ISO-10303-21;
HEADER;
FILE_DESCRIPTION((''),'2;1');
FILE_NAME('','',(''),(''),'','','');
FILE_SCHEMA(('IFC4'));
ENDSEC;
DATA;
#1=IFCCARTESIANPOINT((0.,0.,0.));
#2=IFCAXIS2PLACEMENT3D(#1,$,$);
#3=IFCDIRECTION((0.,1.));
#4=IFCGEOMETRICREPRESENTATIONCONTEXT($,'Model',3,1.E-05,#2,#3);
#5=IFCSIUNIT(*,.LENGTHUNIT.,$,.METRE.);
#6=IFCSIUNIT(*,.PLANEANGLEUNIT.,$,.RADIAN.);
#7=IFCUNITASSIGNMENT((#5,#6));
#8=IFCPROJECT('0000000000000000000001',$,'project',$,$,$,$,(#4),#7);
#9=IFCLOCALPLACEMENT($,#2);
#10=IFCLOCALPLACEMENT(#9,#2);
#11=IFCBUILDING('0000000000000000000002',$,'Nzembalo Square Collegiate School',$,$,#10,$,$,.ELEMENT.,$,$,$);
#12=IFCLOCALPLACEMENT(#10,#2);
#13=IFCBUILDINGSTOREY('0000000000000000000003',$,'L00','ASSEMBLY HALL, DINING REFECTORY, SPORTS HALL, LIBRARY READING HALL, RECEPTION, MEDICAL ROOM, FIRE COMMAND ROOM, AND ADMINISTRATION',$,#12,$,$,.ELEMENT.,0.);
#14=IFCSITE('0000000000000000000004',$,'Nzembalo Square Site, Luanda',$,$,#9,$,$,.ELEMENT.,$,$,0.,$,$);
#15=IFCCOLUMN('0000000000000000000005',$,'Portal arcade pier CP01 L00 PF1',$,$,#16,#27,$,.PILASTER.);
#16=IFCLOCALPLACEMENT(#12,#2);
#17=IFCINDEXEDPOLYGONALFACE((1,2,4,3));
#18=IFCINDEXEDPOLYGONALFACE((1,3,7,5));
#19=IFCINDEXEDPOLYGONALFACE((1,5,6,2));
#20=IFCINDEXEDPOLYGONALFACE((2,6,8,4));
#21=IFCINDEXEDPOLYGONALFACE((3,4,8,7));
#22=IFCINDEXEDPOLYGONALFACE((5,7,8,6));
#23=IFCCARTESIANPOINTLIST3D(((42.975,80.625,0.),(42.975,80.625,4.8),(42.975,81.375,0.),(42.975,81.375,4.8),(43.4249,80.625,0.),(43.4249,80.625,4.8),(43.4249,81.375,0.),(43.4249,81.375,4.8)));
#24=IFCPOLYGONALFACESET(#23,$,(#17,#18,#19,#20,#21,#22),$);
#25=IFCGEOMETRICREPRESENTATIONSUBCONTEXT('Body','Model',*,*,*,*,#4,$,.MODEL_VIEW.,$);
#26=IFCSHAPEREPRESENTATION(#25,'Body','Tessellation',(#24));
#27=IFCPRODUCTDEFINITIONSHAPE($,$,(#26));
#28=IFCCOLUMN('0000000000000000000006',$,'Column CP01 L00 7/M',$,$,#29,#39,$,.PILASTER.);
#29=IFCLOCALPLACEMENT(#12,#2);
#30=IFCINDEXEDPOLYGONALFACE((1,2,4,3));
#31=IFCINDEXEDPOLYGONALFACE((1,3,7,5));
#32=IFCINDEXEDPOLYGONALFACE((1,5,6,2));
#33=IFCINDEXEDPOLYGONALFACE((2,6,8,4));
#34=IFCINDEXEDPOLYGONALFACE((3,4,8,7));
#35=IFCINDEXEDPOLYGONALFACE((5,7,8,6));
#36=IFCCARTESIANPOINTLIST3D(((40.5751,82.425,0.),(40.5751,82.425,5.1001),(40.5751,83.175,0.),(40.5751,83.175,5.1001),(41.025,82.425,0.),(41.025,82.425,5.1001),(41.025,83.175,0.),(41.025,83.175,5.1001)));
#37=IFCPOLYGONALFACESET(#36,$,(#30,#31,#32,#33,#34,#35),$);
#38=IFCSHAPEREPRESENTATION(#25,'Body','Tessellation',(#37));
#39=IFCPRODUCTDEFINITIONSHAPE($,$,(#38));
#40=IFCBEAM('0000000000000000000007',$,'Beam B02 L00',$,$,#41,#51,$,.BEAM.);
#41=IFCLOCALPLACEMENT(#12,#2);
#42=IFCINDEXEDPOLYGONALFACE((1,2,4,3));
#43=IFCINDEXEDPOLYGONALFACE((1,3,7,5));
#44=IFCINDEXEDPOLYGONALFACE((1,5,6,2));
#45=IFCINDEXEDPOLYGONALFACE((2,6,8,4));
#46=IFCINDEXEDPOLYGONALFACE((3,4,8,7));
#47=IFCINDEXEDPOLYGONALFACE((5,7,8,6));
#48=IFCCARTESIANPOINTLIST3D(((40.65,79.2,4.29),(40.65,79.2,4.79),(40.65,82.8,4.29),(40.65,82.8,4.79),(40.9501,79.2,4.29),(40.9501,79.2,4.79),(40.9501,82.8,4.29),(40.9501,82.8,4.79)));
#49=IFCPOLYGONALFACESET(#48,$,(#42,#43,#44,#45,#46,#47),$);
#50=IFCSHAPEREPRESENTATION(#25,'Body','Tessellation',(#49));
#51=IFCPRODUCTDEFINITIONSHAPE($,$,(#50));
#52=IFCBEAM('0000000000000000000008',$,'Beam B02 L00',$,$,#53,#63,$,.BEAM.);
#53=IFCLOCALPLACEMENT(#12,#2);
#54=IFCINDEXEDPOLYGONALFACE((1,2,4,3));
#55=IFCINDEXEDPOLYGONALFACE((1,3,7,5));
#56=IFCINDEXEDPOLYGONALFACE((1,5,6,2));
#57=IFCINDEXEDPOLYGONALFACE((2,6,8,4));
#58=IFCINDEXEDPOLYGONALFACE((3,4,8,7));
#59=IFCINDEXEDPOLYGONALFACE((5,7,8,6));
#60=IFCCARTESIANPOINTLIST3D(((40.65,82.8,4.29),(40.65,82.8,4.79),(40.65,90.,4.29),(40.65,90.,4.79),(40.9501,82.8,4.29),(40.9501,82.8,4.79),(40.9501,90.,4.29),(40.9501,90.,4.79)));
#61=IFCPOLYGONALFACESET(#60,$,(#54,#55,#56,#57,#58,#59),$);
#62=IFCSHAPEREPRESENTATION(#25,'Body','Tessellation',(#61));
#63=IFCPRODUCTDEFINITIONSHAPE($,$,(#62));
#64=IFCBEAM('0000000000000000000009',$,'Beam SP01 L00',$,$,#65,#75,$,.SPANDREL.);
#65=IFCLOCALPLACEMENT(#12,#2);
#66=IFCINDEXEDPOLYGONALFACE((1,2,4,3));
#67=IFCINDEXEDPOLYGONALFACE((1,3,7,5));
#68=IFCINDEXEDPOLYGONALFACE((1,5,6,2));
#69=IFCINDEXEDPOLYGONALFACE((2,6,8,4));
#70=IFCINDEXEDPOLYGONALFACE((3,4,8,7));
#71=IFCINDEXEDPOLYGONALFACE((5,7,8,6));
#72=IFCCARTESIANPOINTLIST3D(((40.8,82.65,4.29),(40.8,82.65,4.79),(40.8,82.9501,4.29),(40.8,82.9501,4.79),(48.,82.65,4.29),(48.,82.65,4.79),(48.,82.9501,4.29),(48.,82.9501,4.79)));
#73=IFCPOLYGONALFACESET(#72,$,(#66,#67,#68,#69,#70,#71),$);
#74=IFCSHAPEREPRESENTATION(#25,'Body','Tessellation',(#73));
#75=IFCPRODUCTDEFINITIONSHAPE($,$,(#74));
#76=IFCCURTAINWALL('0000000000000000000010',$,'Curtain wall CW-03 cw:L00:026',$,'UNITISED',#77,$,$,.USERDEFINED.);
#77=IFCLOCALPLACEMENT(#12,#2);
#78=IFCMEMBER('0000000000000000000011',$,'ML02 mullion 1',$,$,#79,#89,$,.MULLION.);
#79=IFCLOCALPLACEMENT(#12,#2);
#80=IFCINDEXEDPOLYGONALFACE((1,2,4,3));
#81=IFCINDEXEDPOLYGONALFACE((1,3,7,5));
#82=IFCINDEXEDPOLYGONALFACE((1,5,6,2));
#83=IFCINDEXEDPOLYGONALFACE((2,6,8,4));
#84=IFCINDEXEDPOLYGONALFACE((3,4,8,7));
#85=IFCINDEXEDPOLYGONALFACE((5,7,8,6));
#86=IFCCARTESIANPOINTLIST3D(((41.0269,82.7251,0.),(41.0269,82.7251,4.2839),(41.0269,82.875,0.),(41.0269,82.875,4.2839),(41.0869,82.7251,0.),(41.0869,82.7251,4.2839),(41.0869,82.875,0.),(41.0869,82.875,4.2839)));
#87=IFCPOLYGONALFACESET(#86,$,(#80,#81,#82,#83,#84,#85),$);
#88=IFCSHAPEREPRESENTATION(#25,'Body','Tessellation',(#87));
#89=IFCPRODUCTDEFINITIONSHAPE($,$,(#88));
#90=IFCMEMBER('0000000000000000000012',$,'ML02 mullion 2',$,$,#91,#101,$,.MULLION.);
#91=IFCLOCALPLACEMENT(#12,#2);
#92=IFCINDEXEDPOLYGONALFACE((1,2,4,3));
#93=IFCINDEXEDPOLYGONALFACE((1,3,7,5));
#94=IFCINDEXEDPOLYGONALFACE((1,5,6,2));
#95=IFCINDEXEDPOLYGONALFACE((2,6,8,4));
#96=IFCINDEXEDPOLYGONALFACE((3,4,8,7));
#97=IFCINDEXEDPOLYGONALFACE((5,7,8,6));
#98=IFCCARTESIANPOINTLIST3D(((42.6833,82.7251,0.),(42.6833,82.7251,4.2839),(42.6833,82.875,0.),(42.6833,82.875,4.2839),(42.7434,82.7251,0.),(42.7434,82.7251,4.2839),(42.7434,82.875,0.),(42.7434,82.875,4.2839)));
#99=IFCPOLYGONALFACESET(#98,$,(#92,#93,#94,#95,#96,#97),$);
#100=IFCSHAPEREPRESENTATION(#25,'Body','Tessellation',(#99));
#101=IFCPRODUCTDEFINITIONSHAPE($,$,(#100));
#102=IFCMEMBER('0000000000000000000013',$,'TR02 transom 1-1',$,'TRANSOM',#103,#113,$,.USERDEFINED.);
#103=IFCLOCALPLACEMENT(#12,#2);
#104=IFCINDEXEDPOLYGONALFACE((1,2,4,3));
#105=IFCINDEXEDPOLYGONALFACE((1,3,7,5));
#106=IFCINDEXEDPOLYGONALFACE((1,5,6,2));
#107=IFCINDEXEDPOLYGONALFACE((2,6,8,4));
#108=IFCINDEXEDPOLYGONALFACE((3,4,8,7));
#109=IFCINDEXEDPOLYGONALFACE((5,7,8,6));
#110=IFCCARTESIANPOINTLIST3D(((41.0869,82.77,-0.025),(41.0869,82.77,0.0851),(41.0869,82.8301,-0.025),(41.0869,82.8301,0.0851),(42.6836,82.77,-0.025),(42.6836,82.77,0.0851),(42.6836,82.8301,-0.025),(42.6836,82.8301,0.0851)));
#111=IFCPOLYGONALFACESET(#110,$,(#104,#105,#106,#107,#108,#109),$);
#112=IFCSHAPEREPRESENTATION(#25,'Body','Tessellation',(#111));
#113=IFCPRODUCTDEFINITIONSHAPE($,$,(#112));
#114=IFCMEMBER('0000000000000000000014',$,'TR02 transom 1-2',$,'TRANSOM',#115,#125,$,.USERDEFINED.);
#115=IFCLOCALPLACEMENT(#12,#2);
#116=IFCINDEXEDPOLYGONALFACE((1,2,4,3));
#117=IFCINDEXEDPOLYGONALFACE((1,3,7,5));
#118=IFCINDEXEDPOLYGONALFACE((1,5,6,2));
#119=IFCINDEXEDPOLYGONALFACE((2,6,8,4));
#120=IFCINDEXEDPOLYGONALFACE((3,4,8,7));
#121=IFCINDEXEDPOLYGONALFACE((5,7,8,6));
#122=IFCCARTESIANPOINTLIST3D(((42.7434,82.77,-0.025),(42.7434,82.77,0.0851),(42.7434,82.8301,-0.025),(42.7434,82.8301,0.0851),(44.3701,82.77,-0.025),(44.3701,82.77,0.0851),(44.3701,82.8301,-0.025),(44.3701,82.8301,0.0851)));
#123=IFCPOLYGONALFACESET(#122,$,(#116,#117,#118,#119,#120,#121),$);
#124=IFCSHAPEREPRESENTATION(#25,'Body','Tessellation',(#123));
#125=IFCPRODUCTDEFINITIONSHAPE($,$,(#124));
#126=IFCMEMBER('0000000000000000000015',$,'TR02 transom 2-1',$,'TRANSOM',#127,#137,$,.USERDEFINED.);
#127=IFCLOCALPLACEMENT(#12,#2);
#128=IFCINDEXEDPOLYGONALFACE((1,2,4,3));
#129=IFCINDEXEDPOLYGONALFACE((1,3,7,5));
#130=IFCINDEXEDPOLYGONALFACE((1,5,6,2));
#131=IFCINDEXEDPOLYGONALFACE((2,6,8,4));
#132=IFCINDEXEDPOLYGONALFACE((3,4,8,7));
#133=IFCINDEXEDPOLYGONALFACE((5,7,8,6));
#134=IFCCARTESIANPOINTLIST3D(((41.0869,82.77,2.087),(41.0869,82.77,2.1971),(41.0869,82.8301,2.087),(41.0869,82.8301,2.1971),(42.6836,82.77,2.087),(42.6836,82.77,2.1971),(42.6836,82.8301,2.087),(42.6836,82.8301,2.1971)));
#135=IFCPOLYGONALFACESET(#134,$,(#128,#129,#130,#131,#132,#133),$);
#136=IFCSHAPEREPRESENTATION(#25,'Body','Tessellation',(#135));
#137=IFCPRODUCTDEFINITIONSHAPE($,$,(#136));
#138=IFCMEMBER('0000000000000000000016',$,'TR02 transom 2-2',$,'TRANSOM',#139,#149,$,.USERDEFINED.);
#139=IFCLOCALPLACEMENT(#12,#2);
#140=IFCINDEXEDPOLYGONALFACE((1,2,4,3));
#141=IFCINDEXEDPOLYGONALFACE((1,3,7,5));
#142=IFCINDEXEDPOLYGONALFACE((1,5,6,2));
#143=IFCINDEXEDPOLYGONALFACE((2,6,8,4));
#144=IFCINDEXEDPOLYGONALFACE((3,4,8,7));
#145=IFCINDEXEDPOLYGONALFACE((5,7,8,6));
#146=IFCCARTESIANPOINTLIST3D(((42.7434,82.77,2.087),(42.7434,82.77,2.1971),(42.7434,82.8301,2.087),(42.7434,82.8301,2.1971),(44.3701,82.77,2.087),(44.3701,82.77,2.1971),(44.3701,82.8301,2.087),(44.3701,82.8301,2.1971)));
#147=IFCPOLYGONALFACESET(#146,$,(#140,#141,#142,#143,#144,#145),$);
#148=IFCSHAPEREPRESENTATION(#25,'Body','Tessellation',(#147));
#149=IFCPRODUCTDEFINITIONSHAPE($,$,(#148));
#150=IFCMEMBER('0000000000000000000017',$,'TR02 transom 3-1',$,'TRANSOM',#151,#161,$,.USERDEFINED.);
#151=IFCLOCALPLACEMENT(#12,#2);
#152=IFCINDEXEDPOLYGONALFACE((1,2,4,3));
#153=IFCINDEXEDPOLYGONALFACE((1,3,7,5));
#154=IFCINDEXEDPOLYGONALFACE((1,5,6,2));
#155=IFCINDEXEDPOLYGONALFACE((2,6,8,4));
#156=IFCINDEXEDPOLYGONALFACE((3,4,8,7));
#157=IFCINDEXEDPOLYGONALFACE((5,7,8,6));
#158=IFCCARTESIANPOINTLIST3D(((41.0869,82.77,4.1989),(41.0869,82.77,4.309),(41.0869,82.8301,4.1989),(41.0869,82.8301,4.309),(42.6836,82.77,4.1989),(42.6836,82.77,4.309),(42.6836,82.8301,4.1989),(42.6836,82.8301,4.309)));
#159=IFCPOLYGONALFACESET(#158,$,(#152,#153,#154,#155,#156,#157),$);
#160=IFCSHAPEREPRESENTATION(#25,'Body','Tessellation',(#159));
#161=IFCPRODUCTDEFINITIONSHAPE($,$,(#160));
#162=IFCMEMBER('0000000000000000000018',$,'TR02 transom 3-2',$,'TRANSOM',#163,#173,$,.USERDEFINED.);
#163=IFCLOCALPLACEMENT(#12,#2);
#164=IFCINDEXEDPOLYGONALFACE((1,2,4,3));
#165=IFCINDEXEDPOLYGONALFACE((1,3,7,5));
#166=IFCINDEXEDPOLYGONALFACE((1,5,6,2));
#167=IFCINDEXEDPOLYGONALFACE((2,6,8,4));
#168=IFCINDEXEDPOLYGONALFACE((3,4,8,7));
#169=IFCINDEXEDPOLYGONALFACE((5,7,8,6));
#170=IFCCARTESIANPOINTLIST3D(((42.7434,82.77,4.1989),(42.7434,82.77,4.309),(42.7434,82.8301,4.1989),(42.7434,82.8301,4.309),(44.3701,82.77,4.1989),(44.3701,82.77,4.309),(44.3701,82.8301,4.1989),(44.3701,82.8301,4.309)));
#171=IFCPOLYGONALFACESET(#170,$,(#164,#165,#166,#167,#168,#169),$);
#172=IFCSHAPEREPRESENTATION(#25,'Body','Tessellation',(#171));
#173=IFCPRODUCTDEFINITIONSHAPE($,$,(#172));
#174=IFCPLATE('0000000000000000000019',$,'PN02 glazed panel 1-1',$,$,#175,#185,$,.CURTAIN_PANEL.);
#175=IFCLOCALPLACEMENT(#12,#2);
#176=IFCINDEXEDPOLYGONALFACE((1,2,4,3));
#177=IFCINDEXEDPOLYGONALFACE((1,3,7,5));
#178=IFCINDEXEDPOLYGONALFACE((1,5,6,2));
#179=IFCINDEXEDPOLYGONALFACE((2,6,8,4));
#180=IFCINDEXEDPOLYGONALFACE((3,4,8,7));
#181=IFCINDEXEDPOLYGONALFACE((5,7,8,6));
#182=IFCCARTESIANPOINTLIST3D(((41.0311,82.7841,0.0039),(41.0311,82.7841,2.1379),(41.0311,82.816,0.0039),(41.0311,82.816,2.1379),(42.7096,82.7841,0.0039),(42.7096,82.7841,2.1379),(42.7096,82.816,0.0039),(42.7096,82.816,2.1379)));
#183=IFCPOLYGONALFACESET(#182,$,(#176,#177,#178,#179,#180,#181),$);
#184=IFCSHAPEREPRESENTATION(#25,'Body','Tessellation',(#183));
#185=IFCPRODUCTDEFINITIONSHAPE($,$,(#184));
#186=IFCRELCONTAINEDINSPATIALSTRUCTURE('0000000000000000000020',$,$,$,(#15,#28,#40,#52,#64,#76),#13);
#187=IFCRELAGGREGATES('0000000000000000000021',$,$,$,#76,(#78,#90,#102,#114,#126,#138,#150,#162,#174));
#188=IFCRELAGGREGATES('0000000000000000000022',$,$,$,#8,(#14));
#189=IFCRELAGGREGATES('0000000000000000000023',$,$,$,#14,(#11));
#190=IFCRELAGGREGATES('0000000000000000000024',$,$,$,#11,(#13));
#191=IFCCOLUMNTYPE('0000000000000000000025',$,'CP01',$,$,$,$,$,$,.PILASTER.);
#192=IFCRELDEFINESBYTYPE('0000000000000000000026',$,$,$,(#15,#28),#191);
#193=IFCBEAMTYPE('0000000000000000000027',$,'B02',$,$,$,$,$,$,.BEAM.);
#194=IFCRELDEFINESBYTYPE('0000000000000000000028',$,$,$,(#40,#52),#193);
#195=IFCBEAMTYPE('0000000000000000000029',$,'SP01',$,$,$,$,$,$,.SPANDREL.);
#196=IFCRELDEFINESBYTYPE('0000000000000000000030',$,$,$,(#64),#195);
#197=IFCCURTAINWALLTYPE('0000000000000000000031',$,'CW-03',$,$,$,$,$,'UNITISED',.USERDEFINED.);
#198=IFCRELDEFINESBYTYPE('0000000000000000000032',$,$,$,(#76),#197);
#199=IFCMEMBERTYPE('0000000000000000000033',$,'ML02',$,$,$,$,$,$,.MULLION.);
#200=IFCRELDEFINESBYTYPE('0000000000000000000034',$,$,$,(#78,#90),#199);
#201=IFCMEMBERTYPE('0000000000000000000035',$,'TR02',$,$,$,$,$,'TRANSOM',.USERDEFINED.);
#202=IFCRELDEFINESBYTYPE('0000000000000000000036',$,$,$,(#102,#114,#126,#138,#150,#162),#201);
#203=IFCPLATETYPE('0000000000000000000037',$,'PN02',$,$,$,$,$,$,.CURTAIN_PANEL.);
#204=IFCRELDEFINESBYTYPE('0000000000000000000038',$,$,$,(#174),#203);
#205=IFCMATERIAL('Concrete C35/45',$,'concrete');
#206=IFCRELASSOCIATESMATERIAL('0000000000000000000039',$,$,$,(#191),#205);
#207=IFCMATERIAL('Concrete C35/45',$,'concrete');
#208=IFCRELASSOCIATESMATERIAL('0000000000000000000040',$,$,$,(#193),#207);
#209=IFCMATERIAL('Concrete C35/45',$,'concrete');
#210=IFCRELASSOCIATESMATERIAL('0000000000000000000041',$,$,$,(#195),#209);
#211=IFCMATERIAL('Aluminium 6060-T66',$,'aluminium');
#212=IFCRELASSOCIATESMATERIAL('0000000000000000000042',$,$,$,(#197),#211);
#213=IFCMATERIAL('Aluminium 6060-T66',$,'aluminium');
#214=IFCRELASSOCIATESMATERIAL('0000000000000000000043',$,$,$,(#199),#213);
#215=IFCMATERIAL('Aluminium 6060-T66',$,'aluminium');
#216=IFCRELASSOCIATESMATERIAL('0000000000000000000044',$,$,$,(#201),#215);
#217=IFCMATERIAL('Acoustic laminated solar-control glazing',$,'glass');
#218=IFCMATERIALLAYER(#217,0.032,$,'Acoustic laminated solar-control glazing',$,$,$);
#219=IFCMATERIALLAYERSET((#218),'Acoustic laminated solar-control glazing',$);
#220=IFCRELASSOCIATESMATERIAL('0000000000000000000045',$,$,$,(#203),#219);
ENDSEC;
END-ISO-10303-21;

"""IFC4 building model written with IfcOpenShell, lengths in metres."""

from ifc_helpers import new_model, si_unit, direction, frame, origin, origin_2d, place, context, subcontext, project, spatial, rectangle, extrude, material, layer, layer_set, material_profile, profile_set, type_object, element, aggregate, save


model = new_model("IFC4")

# Units and contexts
model_context = context("Model", 3, precision=1e-05, world=origin(), true_north=direction((0.0, 1.0)))
body_context = subcontext(model_context, "Body", "Model", "MODEL_VIEW")
ifc_project = project(units=[si_unit("LENGTHUNIT", "METRE"), si_unit("PLANEANGLEUNIT", "RADIAN")], contexts=[model_context])

# Site, building, storey
site_placement = place(None, origin())
site = spatial("IfcSite", under=ifc_project, at=site_placement, Name="Nzembalo Square Site, Luanda", CompositionType="ELEMENT", RefElevation=0.0)
building_placement = place(site_placement, origin())
building = spatial("IfcBuilding", under=site, at=building_placement, Name="Nzembalo Square Collegiate School", CompositionType="ELEMENT")
storey_placement = place(building_placement, origin())
storey = spatial("IfcBuildingStorey", under=building, at=storey_placement, Name="L00", Description="ASSEMBLY HALL, DINING REFECTORY, SPORTS HALL, LIBRARY READING HALL, RECEPTION, MEDICAL ROOM, FIRE COMMAND ROOM, AND ADMINISTRATION", CompositionType="ELEMENT", Elevation=0.0)

# Columns
ifc_material_1 = material(Name="Concrete C35/45", Category="concrete")
ifc_material_profile_1 = material_profile(ifc_material_1, rectangle(XDim=0.45, YDim=0.75, at=origin_2d()), Name="RC 450x750")
ifc_profile_set_1 = profile_set([ifc_material_profile_1], Name="Concrete C35/45")
column_type = type_object("IfcColumnType", Name="CP01", PredefinedType="PILASTER", material=ifc_profile_set_1)
column_1_placement = place(storey_placement, frame((43.2, 81.0, 0.0), z_axis=(0.0, 0.0, 1.0), x_axis=(1.0, 0.0, 0.0)))
element("IfcColumn", 1, at=column_1_placement, inside=storey, type_object=column_type, Name="Portal arcade pier CP01 L00 PF1", PredefinedType="PILASTER", context=body_context, shape_type="SweptSolid", body=[
    extrude(rectangle(XDim=0.45, YDim=0.75, at=origin_2d()), origin(), (0.0, 0.0, 1.0), 4.8),
])
column_2_placement = place(storey_placement, frame((40.8, 82.8, 0.0), z_axis=(0.0, 0.0, 1.0), x_axis=(1.0, 0.0, 0.0)))
element("IfcColumn", 2, at=column_2_placement, inside=storey, type_object=column_type, Name="Column CP01 L00 7/M", PredefinedType="PILASTER", context=body_context, shape_type="SweptSolid", body=[
    extrude(rectangle(XDim=0.45, YDim=0.75, at=origin_2d()), origin(), (0.0, 0.0, 1.0), 5.1001),
])

# Beams
ifc_material_2 = material(Name="Concrete C35/45", Category="concrete")
ifc_material_profile_2 = material_profile(ifc_material_2, rectangle(XDim=0.3, YDim=0.5, at=origin_2d()), Name="RC 300x500")
ifc_profile_set_2 = profile_set([ifc_material_profile_2], Name="Concrete C35/45")
beam_type_1 = type_object("IfcBeamType", Name="B02", PredefinedType="BEAM", material=ifc_profile_set_2)
beam_1_placement = place(storey_placement, frame((40.8, 79.2, 4.54), z_axis=(0.0, 1.0, 0.0), x_axis=(-1.0, 0.0, 0.0)))
element("IfcBeam", 3, at=beam_1_placement, inside=storey, type_object=beam_type_1, Name="Beam B02 L00", PredefinedType="BEAM", context=body_context, shape_type="SweptSolid", body=[
    extrude(rectangle(XDim=0.3, YDim=0.5, at=origin_2d()), origin(), (0.0, 0.0, 1.0), 3.6001),
])
beam_2_placement = place(storey_placement, frame((40.8, 82.8, 4.54), z_axis=(0.0, 1.0, 0.0), x_axis=(-1.0, 0.0, 0.0)))
element("IfcBeam", 4, at=beam_2_placement, inside=storey, type_object=beam_type_1, Name="Beam B02 L00", PredefinedType="BEAM", context=body_context, shape_type="SweptSolid", body=[
    extrude(rectangle(XDim=0.3, YDim=0.5, at=origin_2d()), origin(), (0.0, 0.0, 1.0), 7.2),
])
ifc_material_3 = material(Name="Concrete C35/45", Category="concrete")
ifc_material_profile_3 = material_profile(ifc_material_3, rectangle(XDim=0.3, YDim=0.5, at=origin_2d()), Name="RC 300x500")
ifc_profile_set_3 = profile_set([ifc_material_profile_3], Name="Concrete C35/45")
beam_type_2 = type_object("IfcBeamType", Name="SP01", PredefinedType="SPANDREL", material=ifc_profile_set_3)
beam_3_placement = place(storey_placement, frame((40.8, 82.8, 4.54), z_axis=(1.0, 0.0, 0.0), x_axis=(0.0, 1.0, 0.0)))
element("IfcBeam", 5, at=beam_3_placement, inside=storey, type_object=beam_type_2, Name="Beam SP01 L00", PredefinedType="SPANDREL", context=body_context, shape_type="SweptSolid", body=[
    extrude(rectangle(XDim=0.3, YDim=0.5, at=origin_2d()), origin(), (0.0, 0.0, 1.0), 7.2),
])

# Curtain wall, members, plate
ifc_material_4 = material(Name="Aluminium 6060-T66", Category="aluminium")
curtain_wall_type = type_object("IfcCurtainWallType", Name="CW-03", ElementType="UNITISED", PredefinedType="USERDEFINED", material=ifc_material_4)
curtain_wall_placement = place(storey_placement, origin())
curtain_wall = element("IfcCurtainWall", 6, at=curtain_wall_placement, inside=storey, type_object=curtain_wall_type, Name="Curtain wall CW-03 cw:L00:026", ObjectType="UNITISED", PredefinedType="USERDEFINED")
ifc_material_5 = material(Name="Aluminium 6060-T66", Category="aluminium")
ifc_material_profile_4 = material_profile(ifc_material_5, rectangle(XDim=0.0601, YDim=0.1499, at=origin_2d()), Name="ALU M60x150")
ifc_profile_set_4 = profile_set([ifc_material_profile_4], Name="Aluminium 6060-T66")
member_type_1 = type_object("IfcMemberType", Name="ML02", PredefinedType="MULLION", material=ifc_profile_set_4)
member_1_placement = place(storey_placement, frame((41.0569, 82.8, 0.0), z_axis=(0.0, 0.0, 1.0), x_axis=(1.0, 0.0, 0.0)))
member_1 = element("IfcMember", 7, at=member_1_placement, type_object=member_type_1, Name="ML02 mullion 1", PredefinedType="MULLION", context=body_context, shape_type="SweptSolid", body=[
    extrude(rectangle(XDim=0.0601, YDim=0.1499, at=origin_2d()), origin(), (0.0, 0.0, 1.0), 4.2839),
])
member_2_placement = place(storey_placement, frame((42.7134, 82.8, 0.0), z_axis=(0.0, 0.0, 1.0), x_axis=(1.0, 0.0, 0.0)))
member_2 = element("IfcMember", 8, at=member_2_placement, type_object=member_type_1, Name="ML02 mullion 2", PredefinedType="MULLION", context=body_context, shape_type="SweptSolid", body=[
    extrude(rectangle(XDim=0.0601, YDim=0.1499, at=origin_2d()), origin(), (0.0, 0.0, 1.0), 4.2839),
])
ifc_material_6 = material(Name="Aluminium 6060-T66", Category="aluminium")
ifc_material_profile_5 = material_profile(ifc_material_6, rectangle(XDim=0.0601, YDim=0.1101, at=origin_2d()), Name="ALU T60x110")
ifc_profile_set_5 = profile_set([ifc_material_profile_5], Name="Aluminium 6060-T66")
member_type_2 = type_object("IfcMemberType", Name="TR02", ElementType="TRANSOM", PredefinedType="USERDEFINED", material=ifc_profile_set_5)
member_3_placement = place(storey_placement, frame((41.0869, 82.8, 0.03), z_axis=(1.0, 0.0, 0.0), x_axis=(0.0, 1.0, 0.0)))
member_3 = element("IfcMember", 9, at=member_3_placement, type_object=member_type_2, Name="TR02 transom 1-1", ObjectType="TRANSOM", PredefinedType="USERDEFINED", context=body_context, shape_type="SweptSolid", body=[
    extrude(rectangle(XDim=0.0601, YDim=0.1101, at=origin_2d()), origin(), (0.0, 0.0, 1.0), 1.5967),
])
member_4_placement = place(storey_placement, frame((42.7434, 82.8, 0.03), z_axis=(1.0, 0.0, 0.0), x_axis=(0.0, 1.0, 0.0)))
member_4 = element("IfcMember", 10, at=member_4_placement, type_object=member_type_2, Name="TR02 transom 1-2", ObjectType="TRANSOM", PredefinedType="USERDEFINED", context=body_context, shape_type="SweptSolid", body=[
    extrude(rectangle(XDim=0.0601, YDim=0.1101, at=origin_2d()), origin(), (0.0, 0.0, 1.0), 1.6267),
])
member_5_placement = place(storey_placement, frame((41.0869, 82.8, 2.1421), z_axis=(1.0, 0.0, 0.0), x_axis=(0.0, 1.0, 0.0)))
member_5 = element("IfcMember", 11, at=member_5_placement, type_object=member_type_2, Name="TR02 transom 2-1", ObjectType="TRANSOM", PredefinedType="USERDEFINED", context=body_context, shape_type="SweptSolid", body=[
    extrude(rectangle(XDim=0.0601, YDim=0.1101, at=origin_2d()), origin(), (0.0, 0.0, 1.0), 1.5967),
])
member_6_placement = place(storey_placement, frame((42.7434, 82.8, 2.1421), z_axis=(1.0, 0.0, 0.0), x_axis=(0.0, 1.0, 0.0)))
member_6 = element("IfcMember", 12, at=member_6_placement, type_object=member_type_2, Name="TR02 transom 2-2", ObjectType="TRANSOM", PredefinedType="USERDEFINED", context=body_context, shape_type="SweptSolid", body=[
    extrude(rectangle(XDim=0.0601, YDim=0.1101, at=origin_2d()), origin(), (0.0, 0.0, 1.0), 1.6267),
])
member_7_placement = place(storey_placement, frame((41.0869, 82.8, 4.2539), z_axis=(1.0, 0.0, 0.0), x_axis=(0.0, 1.0, 0.0)))
member_7 = element("IfcMember", 13, at=member_7_placement, type_object=member_type_2, Name="TR02 transom 3-1", ObjectType="TRANSOM", PredefinedType="USERDEFINED", context=body_context, shape_type="SweptSolid", body=[
    extrude(rectangle(XDim=0.0601, YDim=0.1101, at=origin_2d()), origin(), (0.0, 0.0, 1.0), 1.5967),
])
member_8_placement = place(storey_placement, frame((42.7434, 82.8, 4.2539), z_axis=(1.0, 0.0, 0.0), x_axis=(0.0, 1.0, 0.0)))
member_8 = element("IfcMember", 14, at=member_8_placement, type_object=member_type_2, Name="TR02 transom 3-2", ObjectType="TRANSOM", PredefinedType="USERDEFINED", context=body_context, shape_type="SweptSolid", body=[
    extrude(rectangle(XDim=0.0601, YDim=0.1101, at=origin_2d()), origin(), (0.0, 0.0, 1.0), 1.6267),
])
ifc_material_7 = material(Name="Acoustic laminated solar-control glazing", Category="glass")
ifc_layer_1 = layer(ifc_material_7, 0.032, Name="Acoustic laminated solar-control glazing")
ifc_layer_set_1 = layer_set([ifc_layer_1], Name="Acoustic laminated solar-control glazing")
plate_type = type_object("IfcPlateType", Name="PN02", PredefinedType="CURTAIN_PANEL", material=ifc_layer_set_1)
plate_1_placement = place(storey_placement, frame((41.8704, 82.8, 0.0039), z_axis=(0.0, 0.0, 1.0), x_axis=(1.0, 0.0, 0.0)))
plate_1 = element("IfcPlate", 15, at=plate_1_placement, type_object=plate_type, Name="PN02 glazed panel 1-1", PredefinedType="CURTAIN_PANEL", context=body_context, shape_type="SweptSolid", body=[
    extrude(rectangle(XDim=1.6785, YDim=0.032, at=origin_2d()), origin(), (0.0, 0.0, 1.0), 2.134),
])
aggregate(curtain_wall, [member_1, member_2, member_3, member_4, member_5, member_6, member_7, member_8, plate_1])

save(model, "model.ifc")
